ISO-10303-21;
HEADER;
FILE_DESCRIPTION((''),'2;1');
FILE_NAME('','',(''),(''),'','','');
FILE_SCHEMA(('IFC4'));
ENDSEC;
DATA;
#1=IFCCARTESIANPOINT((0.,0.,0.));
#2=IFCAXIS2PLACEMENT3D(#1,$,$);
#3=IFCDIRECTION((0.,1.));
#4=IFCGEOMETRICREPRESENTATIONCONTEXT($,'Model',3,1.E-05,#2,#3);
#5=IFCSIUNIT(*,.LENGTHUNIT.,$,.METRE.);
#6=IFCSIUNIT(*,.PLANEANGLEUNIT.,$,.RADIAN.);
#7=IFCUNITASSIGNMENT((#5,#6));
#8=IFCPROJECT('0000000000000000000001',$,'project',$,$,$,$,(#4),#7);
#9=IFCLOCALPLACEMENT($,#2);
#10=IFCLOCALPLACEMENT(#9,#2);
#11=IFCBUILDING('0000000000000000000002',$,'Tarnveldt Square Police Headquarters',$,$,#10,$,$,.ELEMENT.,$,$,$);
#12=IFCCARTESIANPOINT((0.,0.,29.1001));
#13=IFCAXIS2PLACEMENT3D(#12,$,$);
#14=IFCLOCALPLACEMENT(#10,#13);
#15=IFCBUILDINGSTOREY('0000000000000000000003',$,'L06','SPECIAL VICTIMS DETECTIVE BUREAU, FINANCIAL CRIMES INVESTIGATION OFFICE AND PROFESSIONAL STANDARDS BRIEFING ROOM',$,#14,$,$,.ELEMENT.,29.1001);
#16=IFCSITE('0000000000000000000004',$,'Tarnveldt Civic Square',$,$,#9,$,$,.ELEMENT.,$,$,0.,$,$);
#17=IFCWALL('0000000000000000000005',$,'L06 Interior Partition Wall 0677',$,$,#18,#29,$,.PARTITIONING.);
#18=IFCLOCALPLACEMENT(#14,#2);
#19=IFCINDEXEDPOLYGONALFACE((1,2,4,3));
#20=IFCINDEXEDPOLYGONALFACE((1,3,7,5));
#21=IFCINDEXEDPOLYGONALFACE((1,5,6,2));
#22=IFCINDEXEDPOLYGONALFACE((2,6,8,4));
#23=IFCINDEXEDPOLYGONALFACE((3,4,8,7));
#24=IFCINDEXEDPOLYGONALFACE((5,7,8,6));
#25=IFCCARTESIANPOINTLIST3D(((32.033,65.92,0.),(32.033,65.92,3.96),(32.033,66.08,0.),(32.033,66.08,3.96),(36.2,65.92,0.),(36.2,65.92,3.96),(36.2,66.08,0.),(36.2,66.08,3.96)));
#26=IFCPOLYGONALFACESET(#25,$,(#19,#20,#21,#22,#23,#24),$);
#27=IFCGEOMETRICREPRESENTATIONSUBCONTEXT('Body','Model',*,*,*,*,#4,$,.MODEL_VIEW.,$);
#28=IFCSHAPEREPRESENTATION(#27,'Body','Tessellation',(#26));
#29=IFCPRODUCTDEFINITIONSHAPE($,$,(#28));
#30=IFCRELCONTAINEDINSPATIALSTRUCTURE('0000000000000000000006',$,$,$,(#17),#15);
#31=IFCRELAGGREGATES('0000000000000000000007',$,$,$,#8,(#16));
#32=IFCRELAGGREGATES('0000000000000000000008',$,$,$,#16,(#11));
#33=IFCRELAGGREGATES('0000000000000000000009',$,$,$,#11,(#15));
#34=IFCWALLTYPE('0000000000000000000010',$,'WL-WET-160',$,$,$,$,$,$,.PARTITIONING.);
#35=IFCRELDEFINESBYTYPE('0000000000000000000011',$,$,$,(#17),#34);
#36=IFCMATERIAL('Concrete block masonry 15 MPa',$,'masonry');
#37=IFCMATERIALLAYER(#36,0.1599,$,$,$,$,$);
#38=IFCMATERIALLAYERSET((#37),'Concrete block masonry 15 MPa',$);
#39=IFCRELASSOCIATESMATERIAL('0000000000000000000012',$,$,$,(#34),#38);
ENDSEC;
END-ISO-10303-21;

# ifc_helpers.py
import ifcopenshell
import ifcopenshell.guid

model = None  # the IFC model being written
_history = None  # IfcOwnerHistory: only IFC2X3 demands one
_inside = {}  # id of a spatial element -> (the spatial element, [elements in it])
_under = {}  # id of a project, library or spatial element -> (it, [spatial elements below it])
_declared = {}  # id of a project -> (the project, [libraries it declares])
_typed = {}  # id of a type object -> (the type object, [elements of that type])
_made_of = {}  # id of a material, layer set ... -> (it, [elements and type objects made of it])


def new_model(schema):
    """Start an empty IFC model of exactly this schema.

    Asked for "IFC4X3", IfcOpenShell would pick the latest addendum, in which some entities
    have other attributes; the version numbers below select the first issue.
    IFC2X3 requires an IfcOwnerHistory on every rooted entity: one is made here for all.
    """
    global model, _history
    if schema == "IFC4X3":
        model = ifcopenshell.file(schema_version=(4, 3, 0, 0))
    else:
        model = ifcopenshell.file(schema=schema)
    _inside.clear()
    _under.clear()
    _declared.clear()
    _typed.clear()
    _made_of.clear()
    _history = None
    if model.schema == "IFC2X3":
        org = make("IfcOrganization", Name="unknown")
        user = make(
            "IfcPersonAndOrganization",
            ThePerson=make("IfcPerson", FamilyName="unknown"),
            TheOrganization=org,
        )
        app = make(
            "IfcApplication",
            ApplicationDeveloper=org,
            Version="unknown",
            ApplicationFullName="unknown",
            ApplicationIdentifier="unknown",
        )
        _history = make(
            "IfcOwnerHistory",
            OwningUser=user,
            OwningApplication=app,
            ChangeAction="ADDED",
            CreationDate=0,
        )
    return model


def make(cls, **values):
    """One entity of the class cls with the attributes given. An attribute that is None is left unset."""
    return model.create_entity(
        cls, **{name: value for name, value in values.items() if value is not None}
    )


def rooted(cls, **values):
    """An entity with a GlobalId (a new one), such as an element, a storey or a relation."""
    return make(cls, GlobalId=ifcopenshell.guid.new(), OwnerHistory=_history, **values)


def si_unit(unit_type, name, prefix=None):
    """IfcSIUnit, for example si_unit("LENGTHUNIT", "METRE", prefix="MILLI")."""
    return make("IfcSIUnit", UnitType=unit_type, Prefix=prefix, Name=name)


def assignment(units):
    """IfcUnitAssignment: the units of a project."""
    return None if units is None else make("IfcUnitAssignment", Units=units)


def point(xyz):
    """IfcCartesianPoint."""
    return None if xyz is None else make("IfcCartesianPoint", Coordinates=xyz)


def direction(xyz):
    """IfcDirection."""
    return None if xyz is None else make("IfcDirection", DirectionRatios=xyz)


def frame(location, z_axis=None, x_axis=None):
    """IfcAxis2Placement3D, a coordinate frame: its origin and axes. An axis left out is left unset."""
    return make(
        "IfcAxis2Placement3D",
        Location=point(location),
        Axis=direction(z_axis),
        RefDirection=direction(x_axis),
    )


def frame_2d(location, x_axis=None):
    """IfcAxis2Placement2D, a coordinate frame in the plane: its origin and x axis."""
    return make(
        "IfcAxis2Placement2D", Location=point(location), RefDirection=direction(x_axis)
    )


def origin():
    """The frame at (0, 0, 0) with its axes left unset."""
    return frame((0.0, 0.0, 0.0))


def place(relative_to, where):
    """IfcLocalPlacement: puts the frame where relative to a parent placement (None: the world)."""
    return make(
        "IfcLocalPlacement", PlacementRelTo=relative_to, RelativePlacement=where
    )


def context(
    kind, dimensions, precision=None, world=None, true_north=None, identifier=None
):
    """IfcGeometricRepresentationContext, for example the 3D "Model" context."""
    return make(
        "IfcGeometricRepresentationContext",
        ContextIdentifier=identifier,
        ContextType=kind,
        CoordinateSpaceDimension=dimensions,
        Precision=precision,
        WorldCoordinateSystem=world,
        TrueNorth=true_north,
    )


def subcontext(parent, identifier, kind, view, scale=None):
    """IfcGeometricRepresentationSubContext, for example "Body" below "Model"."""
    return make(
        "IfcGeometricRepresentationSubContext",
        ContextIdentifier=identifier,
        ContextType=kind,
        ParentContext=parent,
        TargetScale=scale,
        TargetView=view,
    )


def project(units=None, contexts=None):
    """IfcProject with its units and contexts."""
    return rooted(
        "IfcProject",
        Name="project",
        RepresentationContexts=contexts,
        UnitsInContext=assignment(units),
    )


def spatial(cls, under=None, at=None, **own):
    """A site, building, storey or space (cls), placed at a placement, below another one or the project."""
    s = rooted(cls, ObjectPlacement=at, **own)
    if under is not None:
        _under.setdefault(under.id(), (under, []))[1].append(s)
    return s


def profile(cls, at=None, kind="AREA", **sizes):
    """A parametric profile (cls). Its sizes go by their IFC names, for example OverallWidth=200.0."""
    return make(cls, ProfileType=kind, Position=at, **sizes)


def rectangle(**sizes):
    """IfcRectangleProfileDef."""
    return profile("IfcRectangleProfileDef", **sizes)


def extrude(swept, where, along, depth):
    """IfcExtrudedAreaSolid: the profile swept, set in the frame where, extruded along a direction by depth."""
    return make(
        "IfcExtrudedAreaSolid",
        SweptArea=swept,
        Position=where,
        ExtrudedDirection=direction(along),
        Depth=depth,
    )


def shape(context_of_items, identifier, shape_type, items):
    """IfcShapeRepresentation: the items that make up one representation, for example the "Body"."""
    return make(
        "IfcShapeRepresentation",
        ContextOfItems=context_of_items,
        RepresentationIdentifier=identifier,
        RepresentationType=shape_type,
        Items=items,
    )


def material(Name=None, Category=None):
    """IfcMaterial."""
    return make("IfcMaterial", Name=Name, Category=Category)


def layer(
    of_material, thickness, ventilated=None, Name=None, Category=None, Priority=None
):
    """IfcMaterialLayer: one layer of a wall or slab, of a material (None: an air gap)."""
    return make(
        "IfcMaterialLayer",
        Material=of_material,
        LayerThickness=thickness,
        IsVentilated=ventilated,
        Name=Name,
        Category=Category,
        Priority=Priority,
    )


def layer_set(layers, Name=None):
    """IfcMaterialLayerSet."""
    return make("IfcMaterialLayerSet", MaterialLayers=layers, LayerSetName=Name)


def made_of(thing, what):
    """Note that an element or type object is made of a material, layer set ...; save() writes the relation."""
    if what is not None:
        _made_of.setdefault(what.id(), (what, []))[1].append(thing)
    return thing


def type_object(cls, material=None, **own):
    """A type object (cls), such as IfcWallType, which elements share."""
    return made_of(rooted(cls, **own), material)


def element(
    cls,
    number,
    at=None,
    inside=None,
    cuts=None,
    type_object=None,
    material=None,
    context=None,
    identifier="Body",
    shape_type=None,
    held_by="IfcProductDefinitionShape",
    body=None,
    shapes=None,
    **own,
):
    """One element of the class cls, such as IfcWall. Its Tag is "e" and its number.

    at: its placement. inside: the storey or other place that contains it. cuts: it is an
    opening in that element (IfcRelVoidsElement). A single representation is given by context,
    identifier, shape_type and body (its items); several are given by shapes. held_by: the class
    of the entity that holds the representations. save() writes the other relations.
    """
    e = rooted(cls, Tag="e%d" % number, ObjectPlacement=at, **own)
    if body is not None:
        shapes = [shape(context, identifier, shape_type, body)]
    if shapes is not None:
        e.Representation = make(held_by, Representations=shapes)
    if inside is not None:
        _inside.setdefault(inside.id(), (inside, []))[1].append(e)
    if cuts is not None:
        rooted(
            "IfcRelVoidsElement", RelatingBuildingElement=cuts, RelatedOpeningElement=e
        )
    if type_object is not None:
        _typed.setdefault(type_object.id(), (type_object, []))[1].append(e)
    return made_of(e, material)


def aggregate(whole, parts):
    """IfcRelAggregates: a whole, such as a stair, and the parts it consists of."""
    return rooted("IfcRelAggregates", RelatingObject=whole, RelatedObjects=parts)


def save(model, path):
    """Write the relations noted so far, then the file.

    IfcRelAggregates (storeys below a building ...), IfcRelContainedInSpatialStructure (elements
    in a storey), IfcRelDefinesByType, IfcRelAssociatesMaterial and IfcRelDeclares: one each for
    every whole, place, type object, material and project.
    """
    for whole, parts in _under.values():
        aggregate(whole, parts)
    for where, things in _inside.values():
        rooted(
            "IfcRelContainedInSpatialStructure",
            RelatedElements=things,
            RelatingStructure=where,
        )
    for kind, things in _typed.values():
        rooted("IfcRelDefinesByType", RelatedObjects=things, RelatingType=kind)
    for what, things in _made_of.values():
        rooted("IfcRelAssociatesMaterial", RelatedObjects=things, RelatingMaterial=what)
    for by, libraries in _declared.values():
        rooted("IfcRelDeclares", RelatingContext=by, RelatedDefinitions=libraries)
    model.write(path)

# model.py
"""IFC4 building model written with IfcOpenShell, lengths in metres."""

from ifc_helpers import new_model, si_unit, direction, frame, frame_2d, origin, place, context, subcontext, project, spatial, rectangle, extrude, material, layer, layer_set, type_object, element, save


model = new_model("IFC4")

# Units and contexts
model_context = context("Model", 3, precision=1e-05, world=origin(), true_north=direction((0.0, 1.0)))
body_context = subcontext(model_context, "Body", "Model", "MODEL_VIEW")
ifc_project = project(units=[si_unit("LENGTHUNIT", "METRE"), si_unit("PLANEANGLEUNIT", "RADIAN")], contexts=[model_context])

# Site, building, storey
site_placement = place(None, origin())
site = spatial("IfcSite", under=ifc_project, at=site_placement, Name="Tarnveldt Civic Square", CompositionType="ELEMENT", RefElevation=0.0)
building_placement = place(site_placement, origin())
building = spatial("IfcBuilding", under=site, at=building_placement, Name="Tarnveldt Square Police Headquarters", CompositionType="ELEMENT")
storey_placement = place(building_placement, frame((0.0, 0.0, 29.1001)))
storey = spatial("IfcBuildingStorey", under=building, at=storey_placement, Name="L06", Description="SPECIAL VICTIMS DETECTIVE BUREAU, FINANCIAL CRIMES INVESTIGATION OFFICE AND PROFESSIONAL STANDARDS BRIEFING ROOM", CompositionType="ELEMENT", Elevation=29.1001)

# Wall
ifc_material_1 = material(Name="Concrete block masonry 15 MPa", Category="masonry")
ifc_layer_1 = layer(ifc_material_1, 0.1599)
ifc_layer_set_1 = layer_set([ifc_layer_1], Name="Concrete block masonry 15 MPa")
wall_type_1 = type_object("IfcWallType", Name="WL-WET-160", PredefinedType="PARTITIONING", material=ifc_layer_set_1)
wall_1_placement = place(storey_placement, frame((32.033, 66.0, 0.0), z_axis=(0.0, 0.0, 1.0), x_axis=(1.0, 0.0, 0.0)))
element("IfcWall", 1, at=wall_1_placement, inside=storey, type_object=wall_type_1, Name="L06 Interior Partition Wall 0677", PredefinedType="PARTITIONING", context=body_context, shape_type="SweptSolid", body=[
    extrude(rectangle(XDim=4.167, YDim=0.1599, at=frame_2d((2.0835, 0.0))), origin(), (0.0, 0.0, 1.0), 3.96),
])

save(model, "model.ifc")
